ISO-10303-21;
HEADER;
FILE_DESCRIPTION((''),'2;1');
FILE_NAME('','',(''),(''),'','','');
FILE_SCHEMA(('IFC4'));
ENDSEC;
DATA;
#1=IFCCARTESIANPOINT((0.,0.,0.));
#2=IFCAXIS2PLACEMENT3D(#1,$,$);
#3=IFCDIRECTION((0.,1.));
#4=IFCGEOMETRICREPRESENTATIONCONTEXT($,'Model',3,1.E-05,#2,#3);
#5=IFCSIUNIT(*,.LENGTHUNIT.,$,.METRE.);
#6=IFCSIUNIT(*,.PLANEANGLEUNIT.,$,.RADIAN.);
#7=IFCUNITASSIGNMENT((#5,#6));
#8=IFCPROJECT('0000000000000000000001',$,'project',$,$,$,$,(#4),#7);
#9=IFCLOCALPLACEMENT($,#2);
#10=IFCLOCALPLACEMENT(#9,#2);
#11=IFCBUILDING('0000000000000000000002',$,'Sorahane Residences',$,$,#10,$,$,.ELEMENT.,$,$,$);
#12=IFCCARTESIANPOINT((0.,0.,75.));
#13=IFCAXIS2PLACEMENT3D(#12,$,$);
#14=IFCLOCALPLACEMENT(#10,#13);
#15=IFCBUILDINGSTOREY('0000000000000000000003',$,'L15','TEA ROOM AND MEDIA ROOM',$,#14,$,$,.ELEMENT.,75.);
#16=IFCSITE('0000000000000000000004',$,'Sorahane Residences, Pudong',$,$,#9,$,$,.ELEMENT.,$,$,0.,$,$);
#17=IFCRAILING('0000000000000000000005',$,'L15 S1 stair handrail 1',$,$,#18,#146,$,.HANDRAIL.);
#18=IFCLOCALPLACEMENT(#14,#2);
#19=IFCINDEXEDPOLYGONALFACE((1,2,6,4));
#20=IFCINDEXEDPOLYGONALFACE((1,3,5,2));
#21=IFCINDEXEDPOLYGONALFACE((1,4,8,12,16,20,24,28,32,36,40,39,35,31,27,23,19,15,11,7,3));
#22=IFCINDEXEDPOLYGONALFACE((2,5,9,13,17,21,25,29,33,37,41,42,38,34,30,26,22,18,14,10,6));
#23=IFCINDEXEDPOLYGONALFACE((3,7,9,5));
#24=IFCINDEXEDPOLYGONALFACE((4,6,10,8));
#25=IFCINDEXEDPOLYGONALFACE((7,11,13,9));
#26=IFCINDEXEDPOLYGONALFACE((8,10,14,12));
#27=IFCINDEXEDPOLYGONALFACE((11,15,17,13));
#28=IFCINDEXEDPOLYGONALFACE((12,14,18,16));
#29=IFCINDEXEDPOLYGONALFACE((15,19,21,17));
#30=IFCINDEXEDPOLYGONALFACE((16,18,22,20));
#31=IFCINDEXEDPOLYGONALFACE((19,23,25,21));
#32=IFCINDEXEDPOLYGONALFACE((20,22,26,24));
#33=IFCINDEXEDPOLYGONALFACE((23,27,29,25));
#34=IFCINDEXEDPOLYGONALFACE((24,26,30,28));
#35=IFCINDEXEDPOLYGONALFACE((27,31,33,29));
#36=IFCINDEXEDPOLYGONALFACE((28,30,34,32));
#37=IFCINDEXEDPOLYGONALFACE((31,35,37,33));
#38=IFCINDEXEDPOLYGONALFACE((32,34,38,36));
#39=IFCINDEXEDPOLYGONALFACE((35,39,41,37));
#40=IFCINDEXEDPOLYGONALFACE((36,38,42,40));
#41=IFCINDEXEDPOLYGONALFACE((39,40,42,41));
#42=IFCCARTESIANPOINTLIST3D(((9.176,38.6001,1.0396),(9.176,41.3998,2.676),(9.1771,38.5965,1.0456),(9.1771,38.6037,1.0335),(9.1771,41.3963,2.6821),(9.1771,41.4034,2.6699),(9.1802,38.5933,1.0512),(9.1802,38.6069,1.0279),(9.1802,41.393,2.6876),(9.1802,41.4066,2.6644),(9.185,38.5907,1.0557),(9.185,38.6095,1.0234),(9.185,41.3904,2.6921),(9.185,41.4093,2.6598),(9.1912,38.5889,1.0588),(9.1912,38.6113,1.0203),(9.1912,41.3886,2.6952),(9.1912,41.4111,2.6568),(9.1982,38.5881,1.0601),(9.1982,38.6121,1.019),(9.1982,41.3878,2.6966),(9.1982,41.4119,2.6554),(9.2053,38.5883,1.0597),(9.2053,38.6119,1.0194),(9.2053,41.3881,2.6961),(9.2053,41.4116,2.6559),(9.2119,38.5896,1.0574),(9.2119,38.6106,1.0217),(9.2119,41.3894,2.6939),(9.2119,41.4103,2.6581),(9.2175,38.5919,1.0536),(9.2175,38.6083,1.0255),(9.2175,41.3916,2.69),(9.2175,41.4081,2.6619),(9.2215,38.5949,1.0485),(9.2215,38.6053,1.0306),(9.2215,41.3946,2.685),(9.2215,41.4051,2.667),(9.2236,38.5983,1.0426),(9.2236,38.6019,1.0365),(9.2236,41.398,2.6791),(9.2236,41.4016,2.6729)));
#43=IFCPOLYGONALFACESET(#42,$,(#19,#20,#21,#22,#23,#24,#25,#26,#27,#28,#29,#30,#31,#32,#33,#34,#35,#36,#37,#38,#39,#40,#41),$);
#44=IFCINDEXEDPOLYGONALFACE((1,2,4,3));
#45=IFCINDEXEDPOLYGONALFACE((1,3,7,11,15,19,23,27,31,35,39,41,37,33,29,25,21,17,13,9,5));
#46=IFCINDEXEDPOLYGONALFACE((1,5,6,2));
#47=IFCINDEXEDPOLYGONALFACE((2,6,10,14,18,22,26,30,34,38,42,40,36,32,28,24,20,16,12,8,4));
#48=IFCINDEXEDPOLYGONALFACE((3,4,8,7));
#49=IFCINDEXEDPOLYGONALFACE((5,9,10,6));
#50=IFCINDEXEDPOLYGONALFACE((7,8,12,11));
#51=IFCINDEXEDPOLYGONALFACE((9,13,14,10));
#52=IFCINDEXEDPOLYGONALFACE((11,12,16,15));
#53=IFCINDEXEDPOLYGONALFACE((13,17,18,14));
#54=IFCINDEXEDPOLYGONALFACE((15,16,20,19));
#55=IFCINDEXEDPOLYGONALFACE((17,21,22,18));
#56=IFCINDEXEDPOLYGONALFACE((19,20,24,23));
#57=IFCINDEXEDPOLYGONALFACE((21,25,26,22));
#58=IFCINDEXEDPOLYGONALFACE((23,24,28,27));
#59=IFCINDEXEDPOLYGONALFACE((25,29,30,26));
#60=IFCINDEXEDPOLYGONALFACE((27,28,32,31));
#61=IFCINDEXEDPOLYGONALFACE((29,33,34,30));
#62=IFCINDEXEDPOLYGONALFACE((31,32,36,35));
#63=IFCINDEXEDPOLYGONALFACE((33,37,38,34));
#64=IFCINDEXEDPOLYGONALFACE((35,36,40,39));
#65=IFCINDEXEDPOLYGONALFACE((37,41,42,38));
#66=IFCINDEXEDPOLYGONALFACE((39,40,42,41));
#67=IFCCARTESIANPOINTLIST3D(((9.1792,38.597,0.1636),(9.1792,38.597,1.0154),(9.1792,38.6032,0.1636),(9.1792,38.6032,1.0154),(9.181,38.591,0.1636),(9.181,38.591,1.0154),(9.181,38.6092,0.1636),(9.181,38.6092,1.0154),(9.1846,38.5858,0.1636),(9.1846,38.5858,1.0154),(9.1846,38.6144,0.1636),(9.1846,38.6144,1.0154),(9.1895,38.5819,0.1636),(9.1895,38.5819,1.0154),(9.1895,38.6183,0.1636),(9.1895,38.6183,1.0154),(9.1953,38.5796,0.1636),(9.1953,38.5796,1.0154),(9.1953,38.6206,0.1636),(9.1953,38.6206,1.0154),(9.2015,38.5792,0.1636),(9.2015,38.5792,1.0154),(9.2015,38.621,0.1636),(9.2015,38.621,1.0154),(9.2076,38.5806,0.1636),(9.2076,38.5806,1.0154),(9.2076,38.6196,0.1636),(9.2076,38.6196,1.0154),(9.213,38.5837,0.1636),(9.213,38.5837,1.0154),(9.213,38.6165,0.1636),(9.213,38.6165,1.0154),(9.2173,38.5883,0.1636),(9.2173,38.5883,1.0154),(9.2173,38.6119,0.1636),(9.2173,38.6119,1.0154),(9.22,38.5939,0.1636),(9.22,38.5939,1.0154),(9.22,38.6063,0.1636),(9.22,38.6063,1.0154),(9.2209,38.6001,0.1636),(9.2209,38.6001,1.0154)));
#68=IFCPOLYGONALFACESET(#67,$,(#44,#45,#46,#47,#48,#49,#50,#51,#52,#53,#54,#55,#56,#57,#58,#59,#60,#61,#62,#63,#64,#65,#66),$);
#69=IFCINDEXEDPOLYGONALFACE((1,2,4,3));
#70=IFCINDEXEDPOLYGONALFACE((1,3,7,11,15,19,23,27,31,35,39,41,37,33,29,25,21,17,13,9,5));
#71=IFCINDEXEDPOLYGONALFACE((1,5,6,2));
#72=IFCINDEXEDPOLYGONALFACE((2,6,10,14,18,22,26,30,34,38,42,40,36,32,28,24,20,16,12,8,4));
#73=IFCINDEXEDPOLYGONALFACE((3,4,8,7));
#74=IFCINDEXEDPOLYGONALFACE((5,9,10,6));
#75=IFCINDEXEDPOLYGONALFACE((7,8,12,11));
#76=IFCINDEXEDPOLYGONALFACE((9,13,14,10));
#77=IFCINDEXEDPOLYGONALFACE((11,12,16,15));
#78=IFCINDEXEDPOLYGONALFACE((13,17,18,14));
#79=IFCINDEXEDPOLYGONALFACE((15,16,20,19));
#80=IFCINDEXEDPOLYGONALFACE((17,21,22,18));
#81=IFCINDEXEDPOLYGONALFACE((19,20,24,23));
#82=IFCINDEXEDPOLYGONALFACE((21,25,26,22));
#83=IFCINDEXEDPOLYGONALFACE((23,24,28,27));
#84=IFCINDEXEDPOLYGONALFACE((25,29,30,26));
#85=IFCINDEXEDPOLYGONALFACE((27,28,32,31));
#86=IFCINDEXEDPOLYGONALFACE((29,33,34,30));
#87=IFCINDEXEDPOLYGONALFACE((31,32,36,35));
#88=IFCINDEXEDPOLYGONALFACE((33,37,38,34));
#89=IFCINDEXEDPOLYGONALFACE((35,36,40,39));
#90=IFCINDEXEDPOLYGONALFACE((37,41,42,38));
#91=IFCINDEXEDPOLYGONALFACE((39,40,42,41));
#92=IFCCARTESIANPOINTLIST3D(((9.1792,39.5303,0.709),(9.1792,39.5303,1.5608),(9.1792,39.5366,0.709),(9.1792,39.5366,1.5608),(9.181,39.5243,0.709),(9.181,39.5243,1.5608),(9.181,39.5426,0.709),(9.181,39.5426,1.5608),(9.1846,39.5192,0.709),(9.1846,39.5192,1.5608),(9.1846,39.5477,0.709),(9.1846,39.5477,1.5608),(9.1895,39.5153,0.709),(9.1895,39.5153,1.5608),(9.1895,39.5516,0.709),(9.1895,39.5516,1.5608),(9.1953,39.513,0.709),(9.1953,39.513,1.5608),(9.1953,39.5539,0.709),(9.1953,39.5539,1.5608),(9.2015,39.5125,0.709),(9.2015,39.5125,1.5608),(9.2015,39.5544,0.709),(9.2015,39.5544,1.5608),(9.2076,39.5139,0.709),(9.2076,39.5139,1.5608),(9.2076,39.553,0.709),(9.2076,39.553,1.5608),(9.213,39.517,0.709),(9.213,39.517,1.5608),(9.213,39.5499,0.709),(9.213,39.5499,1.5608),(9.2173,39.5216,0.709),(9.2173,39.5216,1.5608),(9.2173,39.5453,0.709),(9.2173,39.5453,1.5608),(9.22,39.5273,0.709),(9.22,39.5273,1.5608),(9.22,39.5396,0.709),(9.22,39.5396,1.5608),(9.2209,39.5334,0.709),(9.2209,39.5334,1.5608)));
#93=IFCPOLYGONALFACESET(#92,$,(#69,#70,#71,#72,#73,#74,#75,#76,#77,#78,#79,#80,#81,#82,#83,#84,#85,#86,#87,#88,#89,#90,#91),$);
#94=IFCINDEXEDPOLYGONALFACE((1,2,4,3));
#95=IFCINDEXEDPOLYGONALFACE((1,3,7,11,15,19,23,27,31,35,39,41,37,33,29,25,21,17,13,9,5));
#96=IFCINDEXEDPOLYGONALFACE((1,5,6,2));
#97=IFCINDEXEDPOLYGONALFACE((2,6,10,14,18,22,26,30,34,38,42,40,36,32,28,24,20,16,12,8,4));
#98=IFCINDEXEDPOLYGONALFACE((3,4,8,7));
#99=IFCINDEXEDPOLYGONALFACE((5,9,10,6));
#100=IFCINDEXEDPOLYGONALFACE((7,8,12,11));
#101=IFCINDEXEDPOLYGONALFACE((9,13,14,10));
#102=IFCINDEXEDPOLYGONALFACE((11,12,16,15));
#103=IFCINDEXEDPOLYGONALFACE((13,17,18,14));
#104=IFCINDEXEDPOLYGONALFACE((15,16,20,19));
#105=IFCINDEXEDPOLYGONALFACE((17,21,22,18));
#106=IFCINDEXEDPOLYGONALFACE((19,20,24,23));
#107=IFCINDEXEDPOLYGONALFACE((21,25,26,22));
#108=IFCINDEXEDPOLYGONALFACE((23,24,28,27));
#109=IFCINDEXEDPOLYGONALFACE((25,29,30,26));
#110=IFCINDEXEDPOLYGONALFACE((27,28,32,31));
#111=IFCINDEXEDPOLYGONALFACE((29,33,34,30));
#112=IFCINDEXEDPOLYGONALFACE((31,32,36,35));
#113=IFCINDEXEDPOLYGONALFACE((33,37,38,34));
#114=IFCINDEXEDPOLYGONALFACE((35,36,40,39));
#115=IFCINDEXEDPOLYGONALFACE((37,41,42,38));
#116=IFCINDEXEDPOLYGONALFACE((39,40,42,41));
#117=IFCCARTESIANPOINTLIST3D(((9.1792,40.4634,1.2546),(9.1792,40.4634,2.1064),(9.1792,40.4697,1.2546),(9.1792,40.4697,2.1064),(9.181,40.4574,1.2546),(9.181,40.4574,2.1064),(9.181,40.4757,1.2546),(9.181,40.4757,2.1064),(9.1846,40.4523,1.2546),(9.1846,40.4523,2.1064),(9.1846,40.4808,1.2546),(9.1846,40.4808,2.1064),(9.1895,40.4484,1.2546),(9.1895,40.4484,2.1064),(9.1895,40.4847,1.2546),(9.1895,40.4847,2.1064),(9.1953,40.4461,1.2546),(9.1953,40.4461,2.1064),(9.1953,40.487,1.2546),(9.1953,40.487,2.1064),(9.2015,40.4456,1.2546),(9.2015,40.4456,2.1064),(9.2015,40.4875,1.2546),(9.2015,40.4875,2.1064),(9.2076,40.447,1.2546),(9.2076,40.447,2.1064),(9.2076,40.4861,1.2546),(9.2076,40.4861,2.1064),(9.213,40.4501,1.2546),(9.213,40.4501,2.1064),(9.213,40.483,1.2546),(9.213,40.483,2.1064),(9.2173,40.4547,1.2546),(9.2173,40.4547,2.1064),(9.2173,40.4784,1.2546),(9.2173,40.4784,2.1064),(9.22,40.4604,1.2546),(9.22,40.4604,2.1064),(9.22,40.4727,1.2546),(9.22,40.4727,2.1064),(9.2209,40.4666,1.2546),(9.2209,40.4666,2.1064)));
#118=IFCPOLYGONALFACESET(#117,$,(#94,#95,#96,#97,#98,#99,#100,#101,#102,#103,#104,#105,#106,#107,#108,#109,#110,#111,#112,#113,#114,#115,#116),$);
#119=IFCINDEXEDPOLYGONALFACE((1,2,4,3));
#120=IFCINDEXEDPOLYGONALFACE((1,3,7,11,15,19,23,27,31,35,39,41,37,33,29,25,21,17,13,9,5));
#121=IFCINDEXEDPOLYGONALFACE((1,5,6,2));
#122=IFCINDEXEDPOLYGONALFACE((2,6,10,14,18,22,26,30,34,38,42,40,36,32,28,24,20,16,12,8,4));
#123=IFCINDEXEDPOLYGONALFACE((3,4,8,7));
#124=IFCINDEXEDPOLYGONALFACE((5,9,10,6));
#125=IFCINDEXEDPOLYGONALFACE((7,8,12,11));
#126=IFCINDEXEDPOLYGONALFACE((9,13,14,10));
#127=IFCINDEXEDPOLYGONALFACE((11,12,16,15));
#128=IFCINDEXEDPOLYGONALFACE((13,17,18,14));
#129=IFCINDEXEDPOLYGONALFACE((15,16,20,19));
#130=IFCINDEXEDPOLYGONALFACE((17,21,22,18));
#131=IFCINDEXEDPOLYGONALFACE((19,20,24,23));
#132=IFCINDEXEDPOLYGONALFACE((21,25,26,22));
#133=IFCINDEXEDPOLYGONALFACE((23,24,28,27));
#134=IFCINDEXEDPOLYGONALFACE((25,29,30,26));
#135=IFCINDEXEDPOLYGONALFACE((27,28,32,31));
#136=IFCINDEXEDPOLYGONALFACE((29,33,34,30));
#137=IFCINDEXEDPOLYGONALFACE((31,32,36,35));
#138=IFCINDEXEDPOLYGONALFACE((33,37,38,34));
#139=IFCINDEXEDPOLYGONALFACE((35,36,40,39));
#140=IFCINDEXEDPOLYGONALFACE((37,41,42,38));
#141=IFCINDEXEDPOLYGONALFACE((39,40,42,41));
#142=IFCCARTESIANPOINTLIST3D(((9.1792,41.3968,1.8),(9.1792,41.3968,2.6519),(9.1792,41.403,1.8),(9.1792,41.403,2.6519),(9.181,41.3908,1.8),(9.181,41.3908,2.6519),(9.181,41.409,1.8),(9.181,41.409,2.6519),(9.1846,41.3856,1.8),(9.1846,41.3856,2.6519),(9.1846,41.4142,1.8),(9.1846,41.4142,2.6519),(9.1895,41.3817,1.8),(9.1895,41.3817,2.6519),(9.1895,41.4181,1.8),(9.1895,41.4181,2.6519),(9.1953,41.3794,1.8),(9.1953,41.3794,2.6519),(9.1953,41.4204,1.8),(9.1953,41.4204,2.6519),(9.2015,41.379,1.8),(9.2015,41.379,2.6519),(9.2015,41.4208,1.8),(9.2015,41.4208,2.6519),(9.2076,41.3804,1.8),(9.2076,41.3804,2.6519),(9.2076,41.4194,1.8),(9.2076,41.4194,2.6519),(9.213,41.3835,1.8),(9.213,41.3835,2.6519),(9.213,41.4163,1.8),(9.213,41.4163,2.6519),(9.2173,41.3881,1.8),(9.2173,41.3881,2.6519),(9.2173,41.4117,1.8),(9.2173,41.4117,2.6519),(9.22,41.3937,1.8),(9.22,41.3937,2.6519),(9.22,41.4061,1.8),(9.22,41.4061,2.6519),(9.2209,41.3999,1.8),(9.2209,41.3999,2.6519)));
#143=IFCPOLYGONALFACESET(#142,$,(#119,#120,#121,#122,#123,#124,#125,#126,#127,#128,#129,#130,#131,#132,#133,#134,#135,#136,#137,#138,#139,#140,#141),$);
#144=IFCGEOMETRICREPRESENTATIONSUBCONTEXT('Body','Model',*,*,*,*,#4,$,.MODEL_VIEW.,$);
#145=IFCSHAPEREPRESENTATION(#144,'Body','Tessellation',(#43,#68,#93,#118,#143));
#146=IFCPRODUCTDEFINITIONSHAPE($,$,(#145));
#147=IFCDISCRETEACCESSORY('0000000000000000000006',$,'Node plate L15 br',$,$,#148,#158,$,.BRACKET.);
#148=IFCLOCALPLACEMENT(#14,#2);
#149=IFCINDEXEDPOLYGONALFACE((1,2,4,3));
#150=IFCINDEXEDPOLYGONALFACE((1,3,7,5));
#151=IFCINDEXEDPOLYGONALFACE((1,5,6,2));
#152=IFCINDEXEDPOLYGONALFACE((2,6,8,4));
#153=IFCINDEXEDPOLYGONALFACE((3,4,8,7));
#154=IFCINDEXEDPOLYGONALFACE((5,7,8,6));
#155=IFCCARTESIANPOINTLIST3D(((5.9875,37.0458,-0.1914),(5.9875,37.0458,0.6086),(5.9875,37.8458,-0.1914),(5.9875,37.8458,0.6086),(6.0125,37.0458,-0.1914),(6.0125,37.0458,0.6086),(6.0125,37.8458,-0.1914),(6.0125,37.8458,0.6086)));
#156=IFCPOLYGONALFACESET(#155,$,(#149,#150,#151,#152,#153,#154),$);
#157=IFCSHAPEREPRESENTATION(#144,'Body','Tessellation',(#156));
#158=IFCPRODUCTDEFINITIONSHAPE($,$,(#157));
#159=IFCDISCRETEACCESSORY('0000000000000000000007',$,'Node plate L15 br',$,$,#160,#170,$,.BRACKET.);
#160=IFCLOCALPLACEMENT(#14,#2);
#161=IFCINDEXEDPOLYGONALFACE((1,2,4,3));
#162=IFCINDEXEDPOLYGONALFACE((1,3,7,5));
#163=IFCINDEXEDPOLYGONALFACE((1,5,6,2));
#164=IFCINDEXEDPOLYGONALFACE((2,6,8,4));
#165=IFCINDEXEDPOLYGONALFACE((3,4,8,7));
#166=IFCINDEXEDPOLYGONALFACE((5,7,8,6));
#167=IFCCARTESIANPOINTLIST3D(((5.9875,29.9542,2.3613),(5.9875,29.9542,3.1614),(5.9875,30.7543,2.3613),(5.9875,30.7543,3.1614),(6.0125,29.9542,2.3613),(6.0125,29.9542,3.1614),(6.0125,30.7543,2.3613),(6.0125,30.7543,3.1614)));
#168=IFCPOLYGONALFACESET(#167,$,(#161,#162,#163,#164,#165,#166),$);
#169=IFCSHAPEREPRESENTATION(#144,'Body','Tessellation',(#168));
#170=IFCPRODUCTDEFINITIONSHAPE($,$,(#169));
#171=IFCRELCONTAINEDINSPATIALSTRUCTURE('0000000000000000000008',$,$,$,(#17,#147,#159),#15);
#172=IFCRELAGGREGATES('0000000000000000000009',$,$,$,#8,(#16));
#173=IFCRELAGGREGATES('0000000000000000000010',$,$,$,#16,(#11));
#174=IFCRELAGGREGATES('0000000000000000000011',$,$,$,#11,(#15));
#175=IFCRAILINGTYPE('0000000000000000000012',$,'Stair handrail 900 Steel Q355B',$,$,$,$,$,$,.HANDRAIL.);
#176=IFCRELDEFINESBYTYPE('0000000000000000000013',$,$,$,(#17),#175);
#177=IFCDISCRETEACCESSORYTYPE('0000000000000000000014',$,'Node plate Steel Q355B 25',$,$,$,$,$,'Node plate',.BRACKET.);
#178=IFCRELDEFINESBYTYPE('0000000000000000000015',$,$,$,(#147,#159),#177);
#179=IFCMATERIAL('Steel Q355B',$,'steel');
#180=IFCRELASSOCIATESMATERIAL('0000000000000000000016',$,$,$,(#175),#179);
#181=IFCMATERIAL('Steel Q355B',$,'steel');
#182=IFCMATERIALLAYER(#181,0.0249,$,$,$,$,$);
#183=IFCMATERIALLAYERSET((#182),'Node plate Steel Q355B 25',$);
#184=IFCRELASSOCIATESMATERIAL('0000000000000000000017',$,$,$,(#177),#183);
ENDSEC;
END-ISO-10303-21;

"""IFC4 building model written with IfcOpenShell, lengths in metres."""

from ifc_helpers import new_model, si_unit, direction, frame, origin, origin_2d, place, context, subcontext, project, spatial, rectangle, circle, extrude, material, layer, layer_set, type_object, element, save


model = new_model("IFC4")

# Units and contexts
model_context = context("Model", 3, precision=1e-05, world=origin(), true_north=direction((0.0, 1.0)))
body_context = subcontext(model_context, "Body", "Model", "MODEL_VIEW")
ifc_project = project(units=[si_unit("LENGTHUNIT", "METRE"), si_unit("PLANEANGLEUNIT", "RADIAN")], contexts=[model_context])

# Site, building, storey
site_placement = place(None, origin())
site = spatial("IfcSite", under=ifc_project, at=site_placement, Name="Sorahane Residences, Pudong", CompositionType="ELEMENT", RefElevation=0.0)
building_placement = place(site_placement, origin())
building = spatial("IfcBuilding", under=site, at=building_placement, Name="Sorahane Residences", CompositionType="ELEMENT")
storey_placement = place(building_placement, frame((0.0, 0.0, 75.0)))
storey = spatial("IfcBuildingStorey", under=building, at=storey_placement, Name="L15", Description="TEA ROOM AND MEDIA ROOM", CompositionType="ELEMENT", Elevation=75.0)

# Railing
ifc_material_1 = material(Name="Steel Q355B", Category="steel")
railing_type_1 = type_object("IfcRailingType", Name="Stair handrail 900 Steel Q355B", PredefinedType="HANDRAIL", material=ifc_material_1)
railing_1_placement = place(storey_placement, frame((9.2, 38.6001, 0.1636)))
element("IfcRailing", 1, at=railing_1_placement, inside=storey, type_object=railing_type_1, Name="L15 S1 stair handrail 1", PredefinedType="HANDRAIL", context=body_context, shape_type="SweptSolid", body=[
    extrude(circle(Radius=0.0239, at=origin_2d()), frame((0.0, 0.0, 0.876), z_axis=(0.0, 0.863342, 0.50462), x_axis=(-1.0, 0.0, 0.0)), (0.0, 0.0, 1.0), 3.2429),
    extrude(circle(Radius=0.021, at=origin_2d()), origin(), (0.0, 0.0, 1.0), 0.8518),
    extrude(circle(Radius=0.021, at=origin_2d()), frame((0.0, 0.9333, 0.5454)), (0.0, 0.0, 1.0), 0.8518),
    extrude(circle(Radius=0.021, at=origin_2d()), frame((0.0, 1.8665, 1.0911)), (0.0, 0.0, 1.0), 0.8518),
    extrude(circle(Radius=0.021, at=origin_2d()), frame((0.0, 2.7998, 1.6365)), (0.0, 0.0, 1.0), 0.8518),
])

# Discrete accessories
ifc_material_2 = material(Name="Steel Q355B", Category="steel")
ifc_layer_1 = layer(ifc_material_2, 0.0249)
ifc_layer_set_1 = layer_set([ifc_layer_1], Name="Node plate Steel Q355B 25")
discrete_accessory_type = type_object("IfcDiscreteAccessoryType", Name="Node plate Steel Q355B 25", ElementType="Node plate", PredefinedType="BRACKET", material=ifc_layer_set_1)
for number, where, z_axis, x_axis, name in (
    (2, (6.0, 37.4458, -0.1914), (0.0, 0.0, 1.0), (0.0, 1.0, 0.0), "Node plate L15 br"),
    (3, (6.0, 30.3542, 2.3613), (0.0, 0.0, 1.0), (0.0, 1.0, 0.0), "Node plate L15 br"),
):
    element("IfcDiscreteAccessory", number, at=place(storey_placement, frame(where, z_axis=z_axis, x_axis=x_axis)), inside=storey, type_object=discrete_accessory_type, Name=name, PredefinedType="BRACKET", context=body_context, shape_type="SweptSolid", body=[
        extrude(rectangle(XDim=0.8, YDim=0.0249, at=origin_2d()), origin(), (0.0, 0.0, 1.0), 0.8),
    ])

save(model, "model.ifc")
